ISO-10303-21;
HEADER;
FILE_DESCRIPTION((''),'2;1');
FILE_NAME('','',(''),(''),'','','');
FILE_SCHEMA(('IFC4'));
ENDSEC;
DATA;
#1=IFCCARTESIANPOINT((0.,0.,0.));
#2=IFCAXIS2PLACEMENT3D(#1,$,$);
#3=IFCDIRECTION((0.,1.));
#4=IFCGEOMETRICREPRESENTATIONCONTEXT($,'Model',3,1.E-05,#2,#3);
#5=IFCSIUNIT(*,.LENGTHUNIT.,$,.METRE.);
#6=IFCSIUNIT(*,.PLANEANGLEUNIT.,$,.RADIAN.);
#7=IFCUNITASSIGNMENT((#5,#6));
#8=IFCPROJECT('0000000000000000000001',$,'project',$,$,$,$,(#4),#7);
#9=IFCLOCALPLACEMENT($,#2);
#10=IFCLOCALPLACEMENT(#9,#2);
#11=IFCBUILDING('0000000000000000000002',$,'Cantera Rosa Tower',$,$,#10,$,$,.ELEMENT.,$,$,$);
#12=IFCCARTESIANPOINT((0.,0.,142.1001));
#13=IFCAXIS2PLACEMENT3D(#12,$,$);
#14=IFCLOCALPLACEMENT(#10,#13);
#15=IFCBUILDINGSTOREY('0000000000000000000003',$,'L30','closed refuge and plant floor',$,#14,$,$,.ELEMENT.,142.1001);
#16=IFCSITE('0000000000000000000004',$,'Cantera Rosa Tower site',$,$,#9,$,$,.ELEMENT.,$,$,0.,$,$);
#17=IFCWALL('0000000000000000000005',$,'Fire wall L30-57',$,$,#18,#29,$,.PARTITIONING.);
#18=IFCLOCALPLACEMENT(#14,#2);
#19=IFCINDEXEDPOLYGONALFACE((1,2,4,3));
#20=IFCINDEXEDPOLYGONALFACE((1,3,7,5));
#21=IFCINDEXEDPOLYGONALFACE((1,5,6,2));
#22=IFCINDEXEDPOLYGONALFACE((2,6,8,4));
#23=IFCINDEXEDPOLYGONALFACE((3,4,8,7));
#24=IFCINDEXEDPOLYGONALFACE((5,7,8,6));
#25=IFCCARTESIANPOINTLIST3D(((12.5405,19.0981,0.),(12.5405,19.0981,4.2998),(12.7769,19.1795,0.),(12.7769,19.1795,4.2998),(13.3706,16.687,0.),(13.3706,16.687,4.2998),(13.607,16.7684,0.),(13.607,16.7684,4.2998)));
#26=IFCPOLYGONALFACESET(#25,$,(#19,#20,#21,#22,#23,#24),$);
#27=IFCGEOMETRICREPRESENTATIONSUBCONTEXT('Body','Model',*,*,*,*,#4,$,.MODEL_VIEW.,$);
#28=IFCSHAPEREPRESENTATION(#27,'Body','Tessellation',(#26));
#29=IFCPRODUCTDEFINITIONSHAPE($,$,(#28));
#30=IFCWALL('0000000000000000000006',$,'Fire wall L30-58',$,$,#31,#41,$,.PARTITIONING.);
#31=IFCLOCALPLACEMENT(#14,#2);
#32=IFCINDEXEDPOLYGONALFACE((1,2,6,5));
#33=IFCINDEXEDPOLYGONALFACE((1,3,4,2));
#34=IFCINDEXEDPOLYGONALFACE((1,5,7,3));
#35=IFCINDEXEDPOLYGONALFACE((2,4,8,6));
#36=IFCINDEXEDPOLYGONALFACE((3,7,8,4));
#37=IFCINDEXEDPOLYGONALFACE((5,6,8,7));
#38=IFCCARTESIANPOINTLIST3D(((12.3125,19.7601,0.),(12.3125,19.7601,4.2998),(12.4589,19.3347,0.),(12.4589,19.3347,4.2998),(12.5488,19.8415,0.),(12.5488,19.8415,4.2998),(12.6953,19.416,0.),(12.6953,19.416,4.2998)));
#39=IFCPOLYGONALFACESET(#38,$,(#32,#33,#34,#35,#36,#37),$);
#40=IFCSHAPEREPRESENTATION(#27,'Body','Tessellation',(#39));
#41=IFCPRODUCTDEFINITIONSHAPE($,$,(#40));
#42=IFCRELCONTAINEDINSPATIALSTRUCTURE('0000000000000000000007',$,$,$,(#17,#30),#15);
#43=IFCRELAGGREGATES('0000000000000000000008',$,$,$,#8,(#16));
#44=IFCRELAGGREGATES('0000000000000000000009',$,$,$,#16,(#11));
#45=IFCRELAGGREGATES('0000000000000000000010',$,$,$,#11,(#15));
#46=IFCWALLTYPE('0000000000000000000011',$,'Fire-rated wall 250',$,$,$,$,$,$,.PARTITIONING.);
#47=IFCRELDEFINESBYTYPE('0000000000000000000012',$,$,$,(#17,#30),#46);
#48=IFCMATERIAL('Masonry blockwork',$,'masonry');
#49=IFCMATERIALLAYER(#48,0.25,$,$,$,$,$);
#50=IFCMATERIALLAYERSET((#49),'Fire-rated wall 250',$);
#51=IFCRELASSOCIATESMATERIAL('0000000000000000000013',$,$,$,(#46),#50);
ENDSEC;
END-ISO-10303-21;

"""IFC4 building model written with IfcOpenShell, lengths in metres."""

from ifc_helpers import new_model, si_unit, direction, frame, frame_2d, origin, place, context, subcontext, project, spatial, rectangle, extrude, material, layer, layer_set, type_object, element, save


model = new_model("IFC4")

# Units and contexts
model_context = context("Model", 3, precision=1e-05, world=origin(), true_north=direction((0.0, 1.0)))
body_context = subcontext(model_context, "Body", "Model", "MODEL_VIEW")
ifc_project = project(units=[si_unit("LENGTHUNIT", "METRE"), si_unit("PLANEANGLEUNIT", "RADIAN")], contexts=[model_context])

# Site, building, storey
site_placement = place(None, origin())
site = spatial("IfcSite", under=ifc_project, at=site_placement, Name="Cantera Rosa Tower site", CompositionType="ELEMENT", RefElevation=0.0)
building_placement = place(site_placement, origin())
building = spatial("IfcBuilding", under=site, at=building_placement, Name="Cantera Rosa Tower", CompositionType="ELEMENT")
storey_placement = place(building_placement, frame((0.0, 0.0, 142.1001)))
storey = spatial("IfcBuildingStorey", under=building, at=storey_placement, Name="L30", Description="closed refuge and plant floor", CompositionType="ELEMENT", Elevation=142.1001)

# Walls
ifc_material_1 = material(Name="Masonry blockwork", Category="masonry")
ifc_layer_1 = layer(ifc_material_1, 0.25)
ifc_layer_set_1 = layer_set([ifc_layer_1], Name="Fire-rated wall 250")
wall_type = type_object("IfcWallType", Name="Fire-rated wall 250", PredefinedType="PARTITIONING", material=ifc_layer_set_1)
wall_1_placement = place(storey_placement, frame((13.4888, 16.7278, 0.0), z_axis=(0.0, 0.0, 1.0), x_axis=(-0.325519, 0.945536, 0.0)))
element("IfcWall", 1, at=wall_1_placement, inside=storey, type_object=wall_type, Name="Fire wall L30-57", PredefinedType="PARTITIONING", context=body_context, shape_type="SweptSolid", body=[
    extrude(rectangle(XDim=2.55, YDim=0.25, at=frame_2d((1.2749, 0.0))), origin(), (0.0, 0.0, 1.0), 4.2998),
])
wall_2_placement = place(storey_placement, frame((12.5771, 19.3752, 0.0), z_axis=(0.0, 0.0, 1.0), x_axis=(-0.325489, 0.945546, 0.0)))
element("IfcWall", 2, at=wall_2_placement, inside=storey, type_object=wall_type, Name="Fire wall L30-58", PredefinedType="PARTITIONING", context=body_context, shape_type="SweptSolid", body=[
    extrude(rectangle(XDim=0.45, YDim=0.25, at=frame_2d((0.2251, 0.0))), origin(), (0.0, 0.0, 1.0), 4.2998),
])

save(model, "model.ifc")
